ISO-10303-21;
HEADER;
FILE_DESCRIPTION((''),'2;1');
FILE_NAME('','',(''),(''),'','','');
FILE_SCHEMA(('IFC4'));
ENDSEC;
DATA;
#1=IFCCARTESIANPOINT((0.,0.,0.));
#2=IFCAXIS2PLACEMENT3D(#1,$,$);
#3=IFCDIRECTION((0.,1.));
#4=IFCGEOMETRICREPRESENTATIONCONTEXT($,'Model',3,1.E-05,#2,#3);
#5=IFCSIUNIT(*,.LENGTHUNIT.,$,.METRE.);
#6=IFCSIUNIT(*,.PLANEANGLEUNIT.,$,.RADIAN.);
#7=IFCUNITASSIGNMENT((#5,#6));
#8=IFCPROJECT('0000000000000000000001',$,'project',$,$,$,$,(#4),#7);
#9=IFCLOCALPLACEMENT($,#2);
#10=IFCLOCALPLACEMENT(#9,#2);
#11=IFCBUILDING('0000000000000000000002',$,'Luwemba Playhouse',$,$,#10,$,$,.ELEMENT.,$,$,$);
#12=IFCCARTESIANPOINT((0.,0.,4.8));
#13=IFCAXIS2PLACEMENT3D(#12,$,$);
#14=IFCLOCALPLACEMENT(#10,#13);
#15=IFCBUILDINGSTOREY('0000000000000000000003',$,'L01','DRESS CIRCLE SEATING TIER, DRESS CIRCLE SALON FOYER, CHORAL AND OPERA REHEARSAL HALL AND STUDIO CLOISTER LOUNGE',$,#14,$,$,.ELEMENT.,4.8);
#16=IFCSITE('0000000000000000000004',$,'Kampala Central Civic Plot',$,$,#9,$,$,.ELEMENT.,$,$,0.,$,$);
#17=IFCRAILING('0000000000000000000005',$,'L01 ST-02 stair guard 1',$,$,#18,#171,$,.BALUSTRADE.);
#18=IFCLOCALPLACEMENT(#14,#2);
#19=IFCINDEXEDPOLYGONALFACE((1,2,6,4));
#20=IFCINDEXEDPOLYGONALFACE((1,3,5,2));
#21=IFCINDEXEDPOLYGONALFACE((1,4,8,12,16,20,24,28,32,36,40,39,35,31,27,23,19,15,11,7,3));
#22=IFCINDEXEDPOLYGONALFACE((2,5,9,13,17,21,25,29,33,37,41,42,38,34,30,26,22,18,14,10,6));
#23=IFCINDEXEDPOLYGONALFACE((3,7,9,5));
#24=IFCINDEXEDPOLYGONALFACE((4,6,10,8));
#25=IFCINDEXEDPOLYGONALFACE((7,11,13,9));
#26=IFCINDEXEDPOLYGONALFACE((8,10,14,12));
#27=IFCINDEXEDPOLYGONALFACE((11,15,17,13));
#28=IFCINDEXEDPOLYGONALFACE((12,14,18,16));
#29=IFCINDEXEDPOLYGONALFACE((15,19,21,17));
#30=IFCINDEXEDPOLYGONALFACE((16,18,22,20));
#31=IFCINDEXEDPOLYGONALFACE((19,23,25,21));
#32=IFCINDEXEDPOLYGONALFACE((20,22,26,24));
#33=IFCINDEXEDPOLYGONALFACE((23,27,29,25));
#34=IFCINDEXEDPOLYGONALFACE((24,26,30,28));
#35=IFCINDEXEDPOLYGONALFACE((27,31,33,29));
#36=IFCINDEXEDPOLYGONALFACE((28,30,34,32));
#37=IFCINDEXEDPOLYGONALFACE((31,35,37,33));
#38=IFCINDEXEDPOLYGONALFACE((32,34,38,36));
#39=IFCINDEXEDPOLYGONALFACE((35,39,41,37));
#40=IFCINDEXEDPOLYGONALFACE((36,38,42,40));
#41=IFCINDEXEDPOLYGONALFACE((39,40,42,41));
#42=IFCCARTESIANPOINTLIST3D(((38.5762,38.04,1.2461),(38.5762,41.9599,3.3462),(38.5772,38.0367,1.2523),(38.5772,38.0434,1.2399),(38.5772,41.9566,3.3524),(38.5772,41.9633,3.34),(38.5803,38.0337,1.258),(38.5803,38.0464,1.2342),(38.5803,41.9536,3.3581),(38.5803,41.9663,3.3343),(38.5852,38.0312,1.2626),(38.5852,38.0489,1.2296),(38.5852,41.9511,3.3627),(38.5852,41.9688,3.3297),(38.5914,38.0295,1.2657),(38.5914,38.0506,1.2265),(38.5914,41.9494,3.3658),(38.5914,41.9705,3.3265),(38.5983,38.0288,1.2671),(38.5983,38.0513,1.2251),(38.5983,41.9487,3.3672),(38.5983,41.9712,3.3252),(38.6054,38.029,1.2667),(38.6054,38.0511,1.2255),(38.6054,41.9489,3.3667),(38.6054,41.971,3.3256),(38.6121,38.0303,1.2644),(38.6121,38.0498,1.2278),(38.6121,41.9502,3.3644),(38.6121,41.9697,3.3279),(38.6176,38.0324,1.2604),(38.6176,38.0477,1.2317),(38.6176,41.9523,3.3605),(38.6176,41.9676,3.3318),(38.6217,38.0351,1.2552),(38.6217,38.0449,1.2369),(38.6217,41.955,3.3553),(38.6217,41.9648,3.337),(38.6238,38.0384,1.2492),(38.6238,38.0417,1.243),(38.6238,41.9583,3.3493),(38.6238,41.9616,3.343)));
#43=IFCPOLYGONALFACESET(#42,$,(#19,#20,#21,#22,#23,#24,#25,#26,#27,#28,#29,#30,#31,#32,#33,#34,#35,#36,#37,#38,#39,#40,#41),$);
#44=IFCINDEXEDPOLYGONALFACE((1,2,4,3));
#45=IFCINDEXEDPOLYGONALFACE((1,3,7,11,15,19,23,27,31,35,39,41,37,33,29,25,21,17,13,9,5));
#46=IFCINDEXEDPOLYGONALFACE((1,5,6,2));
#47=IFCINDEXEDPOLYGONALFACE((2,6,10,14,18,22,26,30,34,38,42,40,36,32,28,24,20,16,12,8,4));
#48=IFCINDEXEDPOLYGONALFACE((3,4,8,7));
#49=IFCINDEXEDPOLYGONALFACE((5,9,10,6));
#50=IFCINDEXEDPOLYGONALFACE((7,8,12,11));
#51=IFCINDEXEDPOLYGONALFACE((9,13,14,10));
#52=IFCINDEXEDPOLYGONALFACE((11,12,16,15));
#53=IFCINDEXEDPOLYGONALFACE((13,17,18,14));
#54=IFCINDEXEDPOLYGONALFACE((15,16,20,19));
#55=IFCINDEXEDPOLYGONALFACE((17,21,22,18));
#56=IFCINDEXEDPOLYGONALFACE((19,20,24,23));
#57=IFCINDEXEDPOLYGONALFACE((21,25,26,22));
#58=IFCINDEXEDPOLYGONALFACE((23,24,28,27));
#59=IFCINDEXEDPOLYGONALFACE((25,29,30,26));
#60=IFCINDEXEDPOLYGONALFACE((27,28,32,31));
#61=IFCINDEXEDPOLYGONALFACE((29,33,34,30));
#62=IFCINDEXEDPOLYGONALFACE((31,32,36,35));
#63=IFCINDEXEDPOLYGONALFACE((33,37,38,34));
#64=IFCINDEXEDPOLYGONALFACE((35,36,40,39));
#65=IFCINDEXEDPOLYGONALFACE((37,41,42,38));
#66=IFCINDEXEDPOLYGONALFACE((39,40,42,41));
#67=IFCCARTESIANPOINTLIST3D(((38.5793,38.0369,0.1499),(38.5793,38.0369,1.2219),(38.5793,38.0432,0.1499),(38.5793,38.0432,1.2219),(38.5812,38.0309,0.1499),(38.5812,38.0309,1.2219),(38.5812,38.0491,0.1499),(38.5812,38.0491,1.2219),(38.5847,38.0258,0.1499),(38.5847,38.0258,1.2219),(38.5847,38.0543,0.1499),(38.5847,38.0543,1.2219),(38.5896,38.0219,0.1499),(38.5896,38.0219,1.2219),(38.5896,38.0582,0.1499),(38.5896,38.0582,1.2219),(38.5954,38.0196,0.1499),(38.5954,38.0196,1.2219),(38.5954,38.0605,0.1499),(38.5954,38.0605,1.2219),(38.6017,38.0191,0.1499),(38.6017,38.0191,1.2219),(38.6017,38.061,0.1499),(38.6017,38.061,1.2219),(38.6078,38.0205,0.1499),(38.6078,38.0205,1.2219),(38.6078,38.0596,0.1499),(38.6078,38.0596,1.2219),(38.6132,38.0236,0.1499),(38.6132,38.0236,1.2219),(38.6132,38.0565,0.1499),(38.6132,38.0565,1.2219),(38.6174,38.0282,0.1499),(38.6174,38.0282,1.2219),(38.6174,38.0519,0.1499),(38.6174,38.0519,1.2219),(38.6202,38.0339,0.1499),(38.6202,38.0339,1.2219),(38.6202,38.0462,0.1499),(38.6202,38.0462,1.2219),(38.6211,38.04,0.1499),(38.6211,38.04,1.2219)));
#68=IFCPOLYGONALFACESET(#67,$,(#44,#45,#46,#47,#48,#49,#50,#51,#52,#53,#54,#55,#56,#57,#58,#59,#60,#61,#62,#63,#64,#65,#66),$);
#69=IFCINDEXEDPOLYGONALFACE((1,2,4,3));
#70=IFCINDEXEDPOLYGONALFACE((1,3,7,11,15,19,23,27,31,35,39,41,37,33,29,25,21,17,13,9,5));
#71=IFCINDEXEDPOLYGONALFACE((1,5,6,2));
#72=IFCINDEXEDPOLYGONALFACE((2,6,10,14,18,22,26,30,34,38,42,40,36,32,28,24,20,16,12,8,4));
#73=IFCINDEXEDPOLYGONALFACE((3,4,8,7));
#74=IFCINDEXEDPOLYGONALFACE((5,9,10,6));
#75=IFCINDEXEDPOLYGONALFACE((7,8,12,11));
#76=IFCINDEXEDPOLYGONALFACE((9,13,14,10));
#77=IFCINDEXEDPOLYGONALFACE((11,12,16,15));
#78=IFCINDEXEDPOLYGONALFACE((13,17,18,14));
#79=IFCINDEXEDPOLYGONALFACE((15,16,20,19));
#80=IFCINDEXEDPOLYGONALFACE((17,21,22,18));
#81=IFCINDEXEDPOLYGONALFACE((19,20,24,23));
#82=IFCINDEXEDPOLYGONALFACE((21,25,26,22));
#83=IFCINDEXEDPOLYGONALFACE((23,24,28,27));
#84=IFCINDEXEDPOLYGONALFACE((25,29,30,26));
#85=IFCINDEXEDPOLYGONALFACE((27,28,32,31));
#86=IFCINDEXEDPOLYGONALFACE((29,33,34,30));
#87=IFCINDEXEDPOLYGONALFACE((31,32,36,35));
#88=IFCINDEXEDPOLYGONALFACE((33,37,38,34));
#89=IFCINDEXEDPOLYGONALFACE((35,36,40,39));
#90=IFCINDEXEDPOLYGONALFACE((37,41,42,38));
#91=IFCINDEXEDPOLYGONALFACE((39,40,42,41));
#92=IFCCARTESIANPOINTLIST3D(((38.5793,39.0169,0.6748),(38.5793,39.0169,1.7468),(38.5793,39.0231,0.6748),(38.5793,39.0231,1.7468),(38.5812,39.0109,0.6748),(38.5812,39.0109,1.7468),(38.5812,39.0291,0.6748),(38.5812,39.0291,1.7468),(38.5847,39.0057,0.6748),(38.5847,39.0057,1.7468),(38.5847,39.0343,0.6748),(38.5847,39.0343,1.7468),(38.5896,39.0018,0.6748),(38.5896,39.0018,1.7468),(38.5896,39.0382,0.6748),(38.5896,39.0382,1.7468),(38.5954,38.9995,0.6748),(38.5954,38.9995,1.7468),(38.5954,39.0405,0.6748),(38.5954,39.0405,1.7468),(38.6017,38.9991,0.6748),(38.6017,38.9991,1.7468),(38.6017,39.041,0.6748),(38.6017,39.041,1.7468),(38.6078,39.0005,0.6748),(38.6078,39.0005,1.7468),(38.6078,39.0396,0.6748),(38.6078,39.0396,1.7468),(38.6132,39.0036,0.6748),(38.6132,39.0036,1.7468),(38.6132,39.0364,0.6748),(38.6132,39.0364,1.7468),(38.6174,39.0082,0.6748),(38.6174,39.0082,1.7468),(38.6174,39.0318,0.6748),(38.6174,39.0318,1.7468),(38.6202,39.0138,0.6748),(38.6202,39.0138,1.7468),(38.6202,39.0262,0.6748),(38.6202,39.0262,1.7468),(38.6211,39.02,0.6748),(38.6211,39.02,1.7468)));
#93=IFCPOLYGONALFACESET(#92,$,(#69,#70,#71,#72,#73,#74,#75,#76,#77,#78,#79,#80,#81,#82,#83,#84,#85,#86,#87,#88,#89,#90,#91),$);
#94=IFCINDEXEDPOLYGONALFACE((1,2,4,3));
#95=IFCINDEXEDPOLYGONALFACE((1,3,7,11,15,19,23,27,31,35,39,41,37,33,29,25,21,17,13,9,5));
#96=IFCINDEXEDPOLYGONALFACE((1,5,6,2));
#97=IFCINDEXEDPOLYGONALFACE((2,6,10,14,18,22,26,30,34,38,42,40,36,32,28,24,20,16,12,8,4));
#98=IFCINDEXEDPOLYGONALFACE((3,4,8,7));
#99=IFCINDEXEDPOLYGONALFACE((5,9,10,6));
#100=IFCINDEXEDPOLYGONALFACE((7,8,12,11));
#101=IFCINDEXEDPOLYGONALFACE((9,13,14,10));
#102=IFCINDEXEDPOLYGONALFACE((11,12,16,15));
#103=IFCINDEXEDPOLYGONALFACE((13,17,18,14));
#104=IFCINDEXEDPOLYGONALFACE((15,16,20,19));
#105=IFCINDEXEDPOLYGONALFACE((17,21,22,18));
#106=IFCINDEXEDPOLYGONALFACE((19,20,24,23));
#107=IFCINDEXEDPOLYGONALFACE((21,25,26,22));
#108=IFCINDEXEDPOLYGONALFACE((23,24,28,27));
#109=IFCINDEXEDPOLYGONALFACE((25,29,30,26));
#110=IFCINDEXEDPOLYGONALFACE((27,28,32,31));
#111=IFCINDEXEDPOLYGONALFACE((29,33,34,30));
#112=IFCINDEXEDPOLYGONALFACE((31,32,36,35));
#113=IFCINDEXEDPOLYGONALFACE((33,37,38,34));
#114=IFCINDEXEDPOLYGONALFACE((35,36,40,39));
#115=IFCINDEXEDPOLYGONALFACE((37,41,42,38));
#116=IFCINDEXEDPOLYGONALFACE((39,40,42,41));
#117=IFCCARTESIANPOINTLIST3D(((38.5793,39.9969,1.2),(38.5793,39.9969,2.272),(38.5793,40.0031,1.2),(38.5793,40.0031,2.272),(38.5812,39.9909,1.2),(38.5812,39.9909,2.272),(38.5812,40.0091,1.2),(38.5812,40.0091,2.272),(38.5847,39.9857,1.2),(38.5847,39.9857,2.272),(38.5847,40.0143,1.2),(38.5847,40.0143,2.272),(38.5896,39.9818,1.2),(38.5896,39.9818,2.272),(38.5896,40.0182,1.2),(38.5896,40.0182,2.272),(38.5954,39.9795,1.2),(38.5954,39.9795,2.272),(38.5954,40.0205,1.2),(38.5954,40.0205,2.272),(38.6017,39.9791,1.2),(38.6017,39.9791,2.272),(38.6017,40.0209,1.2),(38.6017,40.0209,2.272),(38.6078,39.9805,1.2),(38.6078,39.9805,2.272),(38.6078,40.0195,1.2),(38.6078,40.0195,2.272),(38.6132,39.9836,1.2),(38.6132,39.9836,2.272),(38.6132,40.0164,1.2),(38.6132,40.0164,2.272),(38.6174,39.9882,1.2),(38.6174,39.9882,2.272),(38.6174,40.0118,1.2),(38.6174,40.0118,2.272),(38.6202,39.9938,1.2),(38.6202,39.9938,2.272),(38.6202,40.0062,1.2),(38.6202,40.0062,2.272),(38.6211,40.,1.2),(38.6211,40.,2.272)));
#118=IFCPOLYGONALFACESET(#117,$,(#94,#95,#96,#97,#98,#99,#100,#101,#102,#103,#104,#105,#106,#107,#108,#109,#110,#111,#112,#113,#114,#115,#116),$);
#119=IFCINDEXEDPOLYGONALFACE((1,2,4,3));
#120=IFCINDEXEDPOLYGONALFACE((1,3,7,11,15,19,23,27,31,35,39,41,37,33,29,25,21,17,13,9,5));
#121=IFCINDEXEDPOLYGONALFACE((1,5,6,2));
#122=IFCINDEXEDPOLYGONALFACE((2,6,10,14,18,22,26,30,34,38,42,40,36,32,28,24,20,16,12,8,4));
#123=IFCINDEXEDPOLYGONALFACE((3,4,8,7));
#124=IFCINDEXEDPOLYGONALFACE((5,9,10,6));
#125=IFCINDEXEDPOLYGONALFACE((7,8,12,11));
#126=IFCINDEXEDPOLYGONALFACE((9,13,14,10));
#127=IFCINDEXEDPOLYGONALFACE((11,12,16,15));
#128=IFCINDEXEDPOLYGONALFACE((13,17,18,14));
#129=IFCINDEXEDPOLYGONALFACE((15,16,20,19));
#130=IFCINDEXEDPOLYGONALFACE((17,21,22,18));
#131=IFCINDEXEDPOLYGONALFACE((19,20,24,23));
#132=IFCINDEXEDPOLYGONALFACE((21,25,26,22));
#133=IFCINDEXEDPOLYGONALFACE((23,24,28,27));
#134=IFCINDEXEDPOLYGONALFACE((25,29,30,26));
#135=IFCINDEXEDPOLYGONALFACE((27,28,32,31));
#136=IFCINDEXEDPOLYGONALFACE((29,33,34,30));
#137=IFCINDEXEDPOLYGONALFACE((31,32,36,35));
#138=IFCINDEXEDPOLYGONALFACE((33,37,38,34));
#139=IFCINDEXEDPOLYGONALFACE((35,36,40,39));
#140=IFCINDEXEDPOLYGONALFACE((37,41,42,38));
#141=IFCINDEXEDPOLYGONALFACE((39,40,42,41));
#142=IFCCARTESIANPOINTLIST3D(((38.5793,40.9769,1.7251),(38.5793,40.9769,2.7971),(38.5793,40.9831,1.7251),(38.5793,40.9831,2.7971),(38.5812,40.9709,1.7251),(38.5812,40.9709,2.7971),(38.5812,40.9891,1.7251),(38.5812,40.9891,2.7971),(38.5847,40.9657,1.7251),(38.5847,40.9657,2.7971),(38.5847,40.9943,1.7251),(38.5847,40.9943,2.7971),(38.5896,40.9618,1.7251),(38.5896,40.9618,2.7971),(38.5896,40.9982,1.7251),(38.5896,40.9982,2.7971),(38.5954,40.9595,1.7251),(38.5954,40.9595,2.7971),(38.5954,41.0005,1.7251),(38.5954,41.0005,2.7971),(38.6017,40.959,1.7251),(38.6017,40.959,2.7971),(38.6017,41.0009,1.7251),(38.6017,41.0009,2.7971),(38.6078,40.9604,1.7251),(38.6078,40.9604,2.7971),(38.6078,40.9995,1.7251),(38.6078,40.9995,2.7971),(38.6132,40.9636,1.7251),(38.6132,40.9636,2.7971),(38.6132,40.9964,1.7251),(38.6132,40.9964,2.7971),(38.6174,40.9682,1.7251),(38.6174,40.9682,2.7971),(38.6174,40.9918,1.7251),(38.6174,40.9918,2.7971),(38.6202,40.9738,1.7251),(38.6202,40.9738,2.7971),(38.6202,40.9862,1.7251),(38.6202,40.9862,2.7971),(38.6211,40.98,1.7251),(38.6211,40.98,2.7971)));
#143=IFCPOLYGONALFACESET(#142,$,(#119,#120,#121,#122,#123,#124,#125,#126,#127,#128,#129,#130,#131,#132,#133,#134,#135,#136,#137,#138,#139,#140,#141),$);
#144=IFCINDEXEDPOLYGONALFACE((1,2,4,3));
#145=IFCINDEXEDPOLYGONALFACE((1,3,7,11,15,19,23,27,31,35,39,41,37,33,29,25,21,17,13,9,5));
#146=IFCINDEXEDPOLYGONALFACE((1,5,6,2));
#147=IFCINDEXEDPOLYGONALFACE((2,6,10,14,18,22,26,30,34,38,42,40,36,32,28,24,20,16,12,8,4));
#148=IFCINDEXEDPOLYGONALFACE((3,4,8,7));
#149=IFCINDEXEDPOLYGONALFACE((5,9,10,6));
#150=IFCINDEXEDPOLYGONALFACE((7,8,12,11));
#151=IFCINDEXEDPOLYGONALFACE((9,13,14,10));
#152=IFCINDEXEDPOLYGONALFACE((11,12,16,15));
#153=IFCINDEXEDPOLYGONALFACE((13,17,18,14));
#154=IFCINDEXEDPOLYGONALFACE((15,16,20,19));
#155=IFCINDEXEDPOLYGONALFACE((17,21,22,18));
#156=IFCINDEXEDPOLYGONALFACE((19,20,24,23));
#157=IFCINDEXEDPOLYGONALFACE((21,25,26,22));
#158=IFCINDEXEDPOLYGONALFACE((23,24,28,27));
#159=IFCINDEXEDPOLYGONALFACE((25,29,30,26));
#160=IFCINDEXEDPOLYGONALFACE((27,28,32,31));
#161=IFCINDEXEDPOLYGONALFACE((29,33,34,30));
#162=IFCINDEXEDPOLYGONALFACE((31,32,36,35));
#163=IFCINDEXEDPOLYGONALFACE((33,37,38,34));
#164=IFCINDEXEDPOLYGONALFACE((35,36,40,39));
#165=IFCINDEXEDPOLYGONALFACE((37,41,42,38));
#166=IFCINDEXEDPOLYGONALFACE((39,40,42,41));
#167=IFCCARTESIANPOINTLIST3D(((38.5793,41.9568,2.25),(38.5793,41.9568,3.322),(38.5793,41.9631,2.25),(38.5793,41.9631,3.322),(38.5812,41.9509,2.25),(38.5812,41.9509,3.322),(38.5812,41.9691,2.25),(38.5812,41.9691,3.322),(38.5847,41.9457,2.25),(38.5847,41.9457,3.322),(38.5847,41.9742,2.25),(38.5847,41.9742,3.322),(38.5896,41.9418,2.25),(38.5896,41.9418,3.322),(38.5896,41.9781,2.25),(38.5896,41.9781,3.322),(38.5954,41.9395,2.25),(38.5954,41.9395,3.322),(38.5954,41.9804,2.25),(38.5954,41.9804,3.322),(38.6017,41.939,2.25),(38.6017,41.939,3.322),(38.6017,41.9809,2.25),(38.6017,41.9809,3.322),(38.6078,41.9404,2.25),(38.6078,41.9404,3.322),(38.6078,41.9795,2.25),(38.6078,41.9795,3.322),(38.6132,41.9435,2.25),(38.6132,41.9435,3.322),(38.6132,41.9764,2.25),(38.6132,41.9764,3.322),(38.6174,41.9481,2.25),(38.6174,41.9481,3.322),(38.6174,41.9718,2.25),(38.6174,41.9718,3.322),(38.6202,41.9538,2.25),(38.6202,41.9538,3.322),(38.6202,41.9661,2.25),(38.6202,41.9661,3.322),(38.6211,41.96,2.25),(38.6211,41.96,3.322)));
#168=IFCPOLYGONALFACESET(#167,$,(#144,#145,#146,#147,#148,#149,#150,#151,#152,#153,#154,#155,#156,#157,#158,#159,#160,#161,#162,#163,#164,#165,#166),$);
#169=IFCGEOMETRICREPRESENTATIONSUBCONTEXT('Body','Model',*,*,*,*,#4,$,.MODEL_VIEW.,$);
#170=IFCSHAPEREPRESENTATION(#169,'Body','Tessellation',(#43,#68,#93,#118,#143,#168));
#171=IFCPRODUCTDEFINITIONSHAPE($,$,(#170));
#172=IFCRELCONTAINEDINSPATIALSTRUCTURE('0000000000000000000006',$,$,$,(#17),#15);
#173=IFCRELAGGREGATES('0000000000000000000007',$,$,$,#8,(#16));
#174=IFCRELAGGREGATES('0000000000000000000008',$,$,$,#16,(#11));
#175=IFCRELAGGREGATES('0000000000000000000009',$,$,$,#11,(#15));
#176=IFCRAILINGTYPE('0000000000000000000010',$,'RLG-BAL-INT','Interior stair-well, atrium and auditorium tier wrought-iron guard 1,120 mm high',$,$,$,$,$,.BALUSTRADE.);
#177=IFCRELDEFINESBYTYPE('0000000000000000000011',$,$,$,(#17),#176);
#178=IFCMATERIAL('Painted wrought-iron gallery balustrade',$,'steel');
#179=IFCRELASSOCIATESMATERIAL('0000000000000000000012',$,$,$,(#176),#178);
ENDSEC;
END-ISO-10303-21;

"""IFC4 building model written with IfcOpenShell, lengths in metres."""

from ifc_helpers import new_model, si_unit, direction, frame, origin, origin_2d, place, context, subcontext, project, spatial, circle, extrude, material, type_object, element, save


model = new_model("IFC4")

# Units and contexts
model_context = context("Model", 3, precision=1e-05, world=origin(), true_north=direction((0.0, 1.0)))
body_context = subcontext(model_context, "Body", "Model", "MODEL_VIEW")
ifc_project = project(units=[si_unit("LENGTHUNIT", "METRE"), si_unit("PLANEANGLEUNIT", "RADIAN")], contexts=[model_context])

# Site, building, storey
site_placement = place(None, origin())
site = spatial("IfcSite", under=ifc_project, at=site_placement, Name="Kampala Central Civic Plot", CompositionType="ELEMENT", RefElevation=0.0)
building_placement = place(site_placement, origin())
building = spatial("IfcBuilding", under=site, at=building_placement, Name="Luwemba Playhouse", CompositionType="ELEMENT")
storey_placement = place(building_placement, frame((0.0, 0.0, 4.8)))
storey = spatial("IfcBuildingStorey", under=building, at=storey_placement, Name="L01", Description="DRESS CIRCLE SEATING TIER, DRESS CIRCLE SALON FOYER, CHORAL AND OPERA REHEARSAL HALL AND STUDIO CLOISTER LOUNGE", CompositionType="ELEMENT", Elevation=4.8)

# Railing
ifc_material_1 = material(Name="Painted wrought-iron gallery balustrade", Category="steel")
railing_type = type_object("IfcRailingType", Name="RLG-BAL-INT", Description="Interior stair-well, atrium and auditorium tier wrought-iron guard 1,120 mm high", PredefinedType="BALUSTRADE", material=ifc_material_1)
railing_placement = place(storey_placement, frame((38.6001, 38.04, 0.1499)))
element("IfcRailing", 1, at=railing_placement, inside=storey, type_object=railing_type, Name="L01 ST-02 stair guard 1", PredefinedType="BALUSTRADE", context=body_context, shape_type="SweptSolid", body=[
    extrude(circle(Radius=0.0239, at=origin_2d()), frame((0.0, 0.0, 1.0962), z_axis=(0.0, 0.881467, 0.472246), x_axis=(-1.0, 0.0, 0.0)), (0.0, 0.0, 1.0), 4.447),
    extrude(circle(Radius=0.021, at=origin_2d()), origin(), (0.0, 0.0, 1.0), 1.072),
    extrude(circle(Radius=0.021, at=origin_2d()), frame((0.0, 0.98, 0.5249)), (0.0, 0.0, 1.0), 1.072),
    extrude(circle(Radius=0.021, at=origin_2d()), frame((0.0, 1.96, 1.05)), (0.0, 0.0, 1.0), 1.072),
    extrude(circle(Radius=0.021, at=origin_2d()), frame((0.0, 2.9399, 1.5752)), (0.0, 0.0, 1.0), 1.072),
    extrude(circle(Radius=0.021, at=origin_2d()), frame((0.0, 3.9199, 2.1001)), (0.0, 0.0, 1.0), 1.072),
])

save(model, "model.ifc")
